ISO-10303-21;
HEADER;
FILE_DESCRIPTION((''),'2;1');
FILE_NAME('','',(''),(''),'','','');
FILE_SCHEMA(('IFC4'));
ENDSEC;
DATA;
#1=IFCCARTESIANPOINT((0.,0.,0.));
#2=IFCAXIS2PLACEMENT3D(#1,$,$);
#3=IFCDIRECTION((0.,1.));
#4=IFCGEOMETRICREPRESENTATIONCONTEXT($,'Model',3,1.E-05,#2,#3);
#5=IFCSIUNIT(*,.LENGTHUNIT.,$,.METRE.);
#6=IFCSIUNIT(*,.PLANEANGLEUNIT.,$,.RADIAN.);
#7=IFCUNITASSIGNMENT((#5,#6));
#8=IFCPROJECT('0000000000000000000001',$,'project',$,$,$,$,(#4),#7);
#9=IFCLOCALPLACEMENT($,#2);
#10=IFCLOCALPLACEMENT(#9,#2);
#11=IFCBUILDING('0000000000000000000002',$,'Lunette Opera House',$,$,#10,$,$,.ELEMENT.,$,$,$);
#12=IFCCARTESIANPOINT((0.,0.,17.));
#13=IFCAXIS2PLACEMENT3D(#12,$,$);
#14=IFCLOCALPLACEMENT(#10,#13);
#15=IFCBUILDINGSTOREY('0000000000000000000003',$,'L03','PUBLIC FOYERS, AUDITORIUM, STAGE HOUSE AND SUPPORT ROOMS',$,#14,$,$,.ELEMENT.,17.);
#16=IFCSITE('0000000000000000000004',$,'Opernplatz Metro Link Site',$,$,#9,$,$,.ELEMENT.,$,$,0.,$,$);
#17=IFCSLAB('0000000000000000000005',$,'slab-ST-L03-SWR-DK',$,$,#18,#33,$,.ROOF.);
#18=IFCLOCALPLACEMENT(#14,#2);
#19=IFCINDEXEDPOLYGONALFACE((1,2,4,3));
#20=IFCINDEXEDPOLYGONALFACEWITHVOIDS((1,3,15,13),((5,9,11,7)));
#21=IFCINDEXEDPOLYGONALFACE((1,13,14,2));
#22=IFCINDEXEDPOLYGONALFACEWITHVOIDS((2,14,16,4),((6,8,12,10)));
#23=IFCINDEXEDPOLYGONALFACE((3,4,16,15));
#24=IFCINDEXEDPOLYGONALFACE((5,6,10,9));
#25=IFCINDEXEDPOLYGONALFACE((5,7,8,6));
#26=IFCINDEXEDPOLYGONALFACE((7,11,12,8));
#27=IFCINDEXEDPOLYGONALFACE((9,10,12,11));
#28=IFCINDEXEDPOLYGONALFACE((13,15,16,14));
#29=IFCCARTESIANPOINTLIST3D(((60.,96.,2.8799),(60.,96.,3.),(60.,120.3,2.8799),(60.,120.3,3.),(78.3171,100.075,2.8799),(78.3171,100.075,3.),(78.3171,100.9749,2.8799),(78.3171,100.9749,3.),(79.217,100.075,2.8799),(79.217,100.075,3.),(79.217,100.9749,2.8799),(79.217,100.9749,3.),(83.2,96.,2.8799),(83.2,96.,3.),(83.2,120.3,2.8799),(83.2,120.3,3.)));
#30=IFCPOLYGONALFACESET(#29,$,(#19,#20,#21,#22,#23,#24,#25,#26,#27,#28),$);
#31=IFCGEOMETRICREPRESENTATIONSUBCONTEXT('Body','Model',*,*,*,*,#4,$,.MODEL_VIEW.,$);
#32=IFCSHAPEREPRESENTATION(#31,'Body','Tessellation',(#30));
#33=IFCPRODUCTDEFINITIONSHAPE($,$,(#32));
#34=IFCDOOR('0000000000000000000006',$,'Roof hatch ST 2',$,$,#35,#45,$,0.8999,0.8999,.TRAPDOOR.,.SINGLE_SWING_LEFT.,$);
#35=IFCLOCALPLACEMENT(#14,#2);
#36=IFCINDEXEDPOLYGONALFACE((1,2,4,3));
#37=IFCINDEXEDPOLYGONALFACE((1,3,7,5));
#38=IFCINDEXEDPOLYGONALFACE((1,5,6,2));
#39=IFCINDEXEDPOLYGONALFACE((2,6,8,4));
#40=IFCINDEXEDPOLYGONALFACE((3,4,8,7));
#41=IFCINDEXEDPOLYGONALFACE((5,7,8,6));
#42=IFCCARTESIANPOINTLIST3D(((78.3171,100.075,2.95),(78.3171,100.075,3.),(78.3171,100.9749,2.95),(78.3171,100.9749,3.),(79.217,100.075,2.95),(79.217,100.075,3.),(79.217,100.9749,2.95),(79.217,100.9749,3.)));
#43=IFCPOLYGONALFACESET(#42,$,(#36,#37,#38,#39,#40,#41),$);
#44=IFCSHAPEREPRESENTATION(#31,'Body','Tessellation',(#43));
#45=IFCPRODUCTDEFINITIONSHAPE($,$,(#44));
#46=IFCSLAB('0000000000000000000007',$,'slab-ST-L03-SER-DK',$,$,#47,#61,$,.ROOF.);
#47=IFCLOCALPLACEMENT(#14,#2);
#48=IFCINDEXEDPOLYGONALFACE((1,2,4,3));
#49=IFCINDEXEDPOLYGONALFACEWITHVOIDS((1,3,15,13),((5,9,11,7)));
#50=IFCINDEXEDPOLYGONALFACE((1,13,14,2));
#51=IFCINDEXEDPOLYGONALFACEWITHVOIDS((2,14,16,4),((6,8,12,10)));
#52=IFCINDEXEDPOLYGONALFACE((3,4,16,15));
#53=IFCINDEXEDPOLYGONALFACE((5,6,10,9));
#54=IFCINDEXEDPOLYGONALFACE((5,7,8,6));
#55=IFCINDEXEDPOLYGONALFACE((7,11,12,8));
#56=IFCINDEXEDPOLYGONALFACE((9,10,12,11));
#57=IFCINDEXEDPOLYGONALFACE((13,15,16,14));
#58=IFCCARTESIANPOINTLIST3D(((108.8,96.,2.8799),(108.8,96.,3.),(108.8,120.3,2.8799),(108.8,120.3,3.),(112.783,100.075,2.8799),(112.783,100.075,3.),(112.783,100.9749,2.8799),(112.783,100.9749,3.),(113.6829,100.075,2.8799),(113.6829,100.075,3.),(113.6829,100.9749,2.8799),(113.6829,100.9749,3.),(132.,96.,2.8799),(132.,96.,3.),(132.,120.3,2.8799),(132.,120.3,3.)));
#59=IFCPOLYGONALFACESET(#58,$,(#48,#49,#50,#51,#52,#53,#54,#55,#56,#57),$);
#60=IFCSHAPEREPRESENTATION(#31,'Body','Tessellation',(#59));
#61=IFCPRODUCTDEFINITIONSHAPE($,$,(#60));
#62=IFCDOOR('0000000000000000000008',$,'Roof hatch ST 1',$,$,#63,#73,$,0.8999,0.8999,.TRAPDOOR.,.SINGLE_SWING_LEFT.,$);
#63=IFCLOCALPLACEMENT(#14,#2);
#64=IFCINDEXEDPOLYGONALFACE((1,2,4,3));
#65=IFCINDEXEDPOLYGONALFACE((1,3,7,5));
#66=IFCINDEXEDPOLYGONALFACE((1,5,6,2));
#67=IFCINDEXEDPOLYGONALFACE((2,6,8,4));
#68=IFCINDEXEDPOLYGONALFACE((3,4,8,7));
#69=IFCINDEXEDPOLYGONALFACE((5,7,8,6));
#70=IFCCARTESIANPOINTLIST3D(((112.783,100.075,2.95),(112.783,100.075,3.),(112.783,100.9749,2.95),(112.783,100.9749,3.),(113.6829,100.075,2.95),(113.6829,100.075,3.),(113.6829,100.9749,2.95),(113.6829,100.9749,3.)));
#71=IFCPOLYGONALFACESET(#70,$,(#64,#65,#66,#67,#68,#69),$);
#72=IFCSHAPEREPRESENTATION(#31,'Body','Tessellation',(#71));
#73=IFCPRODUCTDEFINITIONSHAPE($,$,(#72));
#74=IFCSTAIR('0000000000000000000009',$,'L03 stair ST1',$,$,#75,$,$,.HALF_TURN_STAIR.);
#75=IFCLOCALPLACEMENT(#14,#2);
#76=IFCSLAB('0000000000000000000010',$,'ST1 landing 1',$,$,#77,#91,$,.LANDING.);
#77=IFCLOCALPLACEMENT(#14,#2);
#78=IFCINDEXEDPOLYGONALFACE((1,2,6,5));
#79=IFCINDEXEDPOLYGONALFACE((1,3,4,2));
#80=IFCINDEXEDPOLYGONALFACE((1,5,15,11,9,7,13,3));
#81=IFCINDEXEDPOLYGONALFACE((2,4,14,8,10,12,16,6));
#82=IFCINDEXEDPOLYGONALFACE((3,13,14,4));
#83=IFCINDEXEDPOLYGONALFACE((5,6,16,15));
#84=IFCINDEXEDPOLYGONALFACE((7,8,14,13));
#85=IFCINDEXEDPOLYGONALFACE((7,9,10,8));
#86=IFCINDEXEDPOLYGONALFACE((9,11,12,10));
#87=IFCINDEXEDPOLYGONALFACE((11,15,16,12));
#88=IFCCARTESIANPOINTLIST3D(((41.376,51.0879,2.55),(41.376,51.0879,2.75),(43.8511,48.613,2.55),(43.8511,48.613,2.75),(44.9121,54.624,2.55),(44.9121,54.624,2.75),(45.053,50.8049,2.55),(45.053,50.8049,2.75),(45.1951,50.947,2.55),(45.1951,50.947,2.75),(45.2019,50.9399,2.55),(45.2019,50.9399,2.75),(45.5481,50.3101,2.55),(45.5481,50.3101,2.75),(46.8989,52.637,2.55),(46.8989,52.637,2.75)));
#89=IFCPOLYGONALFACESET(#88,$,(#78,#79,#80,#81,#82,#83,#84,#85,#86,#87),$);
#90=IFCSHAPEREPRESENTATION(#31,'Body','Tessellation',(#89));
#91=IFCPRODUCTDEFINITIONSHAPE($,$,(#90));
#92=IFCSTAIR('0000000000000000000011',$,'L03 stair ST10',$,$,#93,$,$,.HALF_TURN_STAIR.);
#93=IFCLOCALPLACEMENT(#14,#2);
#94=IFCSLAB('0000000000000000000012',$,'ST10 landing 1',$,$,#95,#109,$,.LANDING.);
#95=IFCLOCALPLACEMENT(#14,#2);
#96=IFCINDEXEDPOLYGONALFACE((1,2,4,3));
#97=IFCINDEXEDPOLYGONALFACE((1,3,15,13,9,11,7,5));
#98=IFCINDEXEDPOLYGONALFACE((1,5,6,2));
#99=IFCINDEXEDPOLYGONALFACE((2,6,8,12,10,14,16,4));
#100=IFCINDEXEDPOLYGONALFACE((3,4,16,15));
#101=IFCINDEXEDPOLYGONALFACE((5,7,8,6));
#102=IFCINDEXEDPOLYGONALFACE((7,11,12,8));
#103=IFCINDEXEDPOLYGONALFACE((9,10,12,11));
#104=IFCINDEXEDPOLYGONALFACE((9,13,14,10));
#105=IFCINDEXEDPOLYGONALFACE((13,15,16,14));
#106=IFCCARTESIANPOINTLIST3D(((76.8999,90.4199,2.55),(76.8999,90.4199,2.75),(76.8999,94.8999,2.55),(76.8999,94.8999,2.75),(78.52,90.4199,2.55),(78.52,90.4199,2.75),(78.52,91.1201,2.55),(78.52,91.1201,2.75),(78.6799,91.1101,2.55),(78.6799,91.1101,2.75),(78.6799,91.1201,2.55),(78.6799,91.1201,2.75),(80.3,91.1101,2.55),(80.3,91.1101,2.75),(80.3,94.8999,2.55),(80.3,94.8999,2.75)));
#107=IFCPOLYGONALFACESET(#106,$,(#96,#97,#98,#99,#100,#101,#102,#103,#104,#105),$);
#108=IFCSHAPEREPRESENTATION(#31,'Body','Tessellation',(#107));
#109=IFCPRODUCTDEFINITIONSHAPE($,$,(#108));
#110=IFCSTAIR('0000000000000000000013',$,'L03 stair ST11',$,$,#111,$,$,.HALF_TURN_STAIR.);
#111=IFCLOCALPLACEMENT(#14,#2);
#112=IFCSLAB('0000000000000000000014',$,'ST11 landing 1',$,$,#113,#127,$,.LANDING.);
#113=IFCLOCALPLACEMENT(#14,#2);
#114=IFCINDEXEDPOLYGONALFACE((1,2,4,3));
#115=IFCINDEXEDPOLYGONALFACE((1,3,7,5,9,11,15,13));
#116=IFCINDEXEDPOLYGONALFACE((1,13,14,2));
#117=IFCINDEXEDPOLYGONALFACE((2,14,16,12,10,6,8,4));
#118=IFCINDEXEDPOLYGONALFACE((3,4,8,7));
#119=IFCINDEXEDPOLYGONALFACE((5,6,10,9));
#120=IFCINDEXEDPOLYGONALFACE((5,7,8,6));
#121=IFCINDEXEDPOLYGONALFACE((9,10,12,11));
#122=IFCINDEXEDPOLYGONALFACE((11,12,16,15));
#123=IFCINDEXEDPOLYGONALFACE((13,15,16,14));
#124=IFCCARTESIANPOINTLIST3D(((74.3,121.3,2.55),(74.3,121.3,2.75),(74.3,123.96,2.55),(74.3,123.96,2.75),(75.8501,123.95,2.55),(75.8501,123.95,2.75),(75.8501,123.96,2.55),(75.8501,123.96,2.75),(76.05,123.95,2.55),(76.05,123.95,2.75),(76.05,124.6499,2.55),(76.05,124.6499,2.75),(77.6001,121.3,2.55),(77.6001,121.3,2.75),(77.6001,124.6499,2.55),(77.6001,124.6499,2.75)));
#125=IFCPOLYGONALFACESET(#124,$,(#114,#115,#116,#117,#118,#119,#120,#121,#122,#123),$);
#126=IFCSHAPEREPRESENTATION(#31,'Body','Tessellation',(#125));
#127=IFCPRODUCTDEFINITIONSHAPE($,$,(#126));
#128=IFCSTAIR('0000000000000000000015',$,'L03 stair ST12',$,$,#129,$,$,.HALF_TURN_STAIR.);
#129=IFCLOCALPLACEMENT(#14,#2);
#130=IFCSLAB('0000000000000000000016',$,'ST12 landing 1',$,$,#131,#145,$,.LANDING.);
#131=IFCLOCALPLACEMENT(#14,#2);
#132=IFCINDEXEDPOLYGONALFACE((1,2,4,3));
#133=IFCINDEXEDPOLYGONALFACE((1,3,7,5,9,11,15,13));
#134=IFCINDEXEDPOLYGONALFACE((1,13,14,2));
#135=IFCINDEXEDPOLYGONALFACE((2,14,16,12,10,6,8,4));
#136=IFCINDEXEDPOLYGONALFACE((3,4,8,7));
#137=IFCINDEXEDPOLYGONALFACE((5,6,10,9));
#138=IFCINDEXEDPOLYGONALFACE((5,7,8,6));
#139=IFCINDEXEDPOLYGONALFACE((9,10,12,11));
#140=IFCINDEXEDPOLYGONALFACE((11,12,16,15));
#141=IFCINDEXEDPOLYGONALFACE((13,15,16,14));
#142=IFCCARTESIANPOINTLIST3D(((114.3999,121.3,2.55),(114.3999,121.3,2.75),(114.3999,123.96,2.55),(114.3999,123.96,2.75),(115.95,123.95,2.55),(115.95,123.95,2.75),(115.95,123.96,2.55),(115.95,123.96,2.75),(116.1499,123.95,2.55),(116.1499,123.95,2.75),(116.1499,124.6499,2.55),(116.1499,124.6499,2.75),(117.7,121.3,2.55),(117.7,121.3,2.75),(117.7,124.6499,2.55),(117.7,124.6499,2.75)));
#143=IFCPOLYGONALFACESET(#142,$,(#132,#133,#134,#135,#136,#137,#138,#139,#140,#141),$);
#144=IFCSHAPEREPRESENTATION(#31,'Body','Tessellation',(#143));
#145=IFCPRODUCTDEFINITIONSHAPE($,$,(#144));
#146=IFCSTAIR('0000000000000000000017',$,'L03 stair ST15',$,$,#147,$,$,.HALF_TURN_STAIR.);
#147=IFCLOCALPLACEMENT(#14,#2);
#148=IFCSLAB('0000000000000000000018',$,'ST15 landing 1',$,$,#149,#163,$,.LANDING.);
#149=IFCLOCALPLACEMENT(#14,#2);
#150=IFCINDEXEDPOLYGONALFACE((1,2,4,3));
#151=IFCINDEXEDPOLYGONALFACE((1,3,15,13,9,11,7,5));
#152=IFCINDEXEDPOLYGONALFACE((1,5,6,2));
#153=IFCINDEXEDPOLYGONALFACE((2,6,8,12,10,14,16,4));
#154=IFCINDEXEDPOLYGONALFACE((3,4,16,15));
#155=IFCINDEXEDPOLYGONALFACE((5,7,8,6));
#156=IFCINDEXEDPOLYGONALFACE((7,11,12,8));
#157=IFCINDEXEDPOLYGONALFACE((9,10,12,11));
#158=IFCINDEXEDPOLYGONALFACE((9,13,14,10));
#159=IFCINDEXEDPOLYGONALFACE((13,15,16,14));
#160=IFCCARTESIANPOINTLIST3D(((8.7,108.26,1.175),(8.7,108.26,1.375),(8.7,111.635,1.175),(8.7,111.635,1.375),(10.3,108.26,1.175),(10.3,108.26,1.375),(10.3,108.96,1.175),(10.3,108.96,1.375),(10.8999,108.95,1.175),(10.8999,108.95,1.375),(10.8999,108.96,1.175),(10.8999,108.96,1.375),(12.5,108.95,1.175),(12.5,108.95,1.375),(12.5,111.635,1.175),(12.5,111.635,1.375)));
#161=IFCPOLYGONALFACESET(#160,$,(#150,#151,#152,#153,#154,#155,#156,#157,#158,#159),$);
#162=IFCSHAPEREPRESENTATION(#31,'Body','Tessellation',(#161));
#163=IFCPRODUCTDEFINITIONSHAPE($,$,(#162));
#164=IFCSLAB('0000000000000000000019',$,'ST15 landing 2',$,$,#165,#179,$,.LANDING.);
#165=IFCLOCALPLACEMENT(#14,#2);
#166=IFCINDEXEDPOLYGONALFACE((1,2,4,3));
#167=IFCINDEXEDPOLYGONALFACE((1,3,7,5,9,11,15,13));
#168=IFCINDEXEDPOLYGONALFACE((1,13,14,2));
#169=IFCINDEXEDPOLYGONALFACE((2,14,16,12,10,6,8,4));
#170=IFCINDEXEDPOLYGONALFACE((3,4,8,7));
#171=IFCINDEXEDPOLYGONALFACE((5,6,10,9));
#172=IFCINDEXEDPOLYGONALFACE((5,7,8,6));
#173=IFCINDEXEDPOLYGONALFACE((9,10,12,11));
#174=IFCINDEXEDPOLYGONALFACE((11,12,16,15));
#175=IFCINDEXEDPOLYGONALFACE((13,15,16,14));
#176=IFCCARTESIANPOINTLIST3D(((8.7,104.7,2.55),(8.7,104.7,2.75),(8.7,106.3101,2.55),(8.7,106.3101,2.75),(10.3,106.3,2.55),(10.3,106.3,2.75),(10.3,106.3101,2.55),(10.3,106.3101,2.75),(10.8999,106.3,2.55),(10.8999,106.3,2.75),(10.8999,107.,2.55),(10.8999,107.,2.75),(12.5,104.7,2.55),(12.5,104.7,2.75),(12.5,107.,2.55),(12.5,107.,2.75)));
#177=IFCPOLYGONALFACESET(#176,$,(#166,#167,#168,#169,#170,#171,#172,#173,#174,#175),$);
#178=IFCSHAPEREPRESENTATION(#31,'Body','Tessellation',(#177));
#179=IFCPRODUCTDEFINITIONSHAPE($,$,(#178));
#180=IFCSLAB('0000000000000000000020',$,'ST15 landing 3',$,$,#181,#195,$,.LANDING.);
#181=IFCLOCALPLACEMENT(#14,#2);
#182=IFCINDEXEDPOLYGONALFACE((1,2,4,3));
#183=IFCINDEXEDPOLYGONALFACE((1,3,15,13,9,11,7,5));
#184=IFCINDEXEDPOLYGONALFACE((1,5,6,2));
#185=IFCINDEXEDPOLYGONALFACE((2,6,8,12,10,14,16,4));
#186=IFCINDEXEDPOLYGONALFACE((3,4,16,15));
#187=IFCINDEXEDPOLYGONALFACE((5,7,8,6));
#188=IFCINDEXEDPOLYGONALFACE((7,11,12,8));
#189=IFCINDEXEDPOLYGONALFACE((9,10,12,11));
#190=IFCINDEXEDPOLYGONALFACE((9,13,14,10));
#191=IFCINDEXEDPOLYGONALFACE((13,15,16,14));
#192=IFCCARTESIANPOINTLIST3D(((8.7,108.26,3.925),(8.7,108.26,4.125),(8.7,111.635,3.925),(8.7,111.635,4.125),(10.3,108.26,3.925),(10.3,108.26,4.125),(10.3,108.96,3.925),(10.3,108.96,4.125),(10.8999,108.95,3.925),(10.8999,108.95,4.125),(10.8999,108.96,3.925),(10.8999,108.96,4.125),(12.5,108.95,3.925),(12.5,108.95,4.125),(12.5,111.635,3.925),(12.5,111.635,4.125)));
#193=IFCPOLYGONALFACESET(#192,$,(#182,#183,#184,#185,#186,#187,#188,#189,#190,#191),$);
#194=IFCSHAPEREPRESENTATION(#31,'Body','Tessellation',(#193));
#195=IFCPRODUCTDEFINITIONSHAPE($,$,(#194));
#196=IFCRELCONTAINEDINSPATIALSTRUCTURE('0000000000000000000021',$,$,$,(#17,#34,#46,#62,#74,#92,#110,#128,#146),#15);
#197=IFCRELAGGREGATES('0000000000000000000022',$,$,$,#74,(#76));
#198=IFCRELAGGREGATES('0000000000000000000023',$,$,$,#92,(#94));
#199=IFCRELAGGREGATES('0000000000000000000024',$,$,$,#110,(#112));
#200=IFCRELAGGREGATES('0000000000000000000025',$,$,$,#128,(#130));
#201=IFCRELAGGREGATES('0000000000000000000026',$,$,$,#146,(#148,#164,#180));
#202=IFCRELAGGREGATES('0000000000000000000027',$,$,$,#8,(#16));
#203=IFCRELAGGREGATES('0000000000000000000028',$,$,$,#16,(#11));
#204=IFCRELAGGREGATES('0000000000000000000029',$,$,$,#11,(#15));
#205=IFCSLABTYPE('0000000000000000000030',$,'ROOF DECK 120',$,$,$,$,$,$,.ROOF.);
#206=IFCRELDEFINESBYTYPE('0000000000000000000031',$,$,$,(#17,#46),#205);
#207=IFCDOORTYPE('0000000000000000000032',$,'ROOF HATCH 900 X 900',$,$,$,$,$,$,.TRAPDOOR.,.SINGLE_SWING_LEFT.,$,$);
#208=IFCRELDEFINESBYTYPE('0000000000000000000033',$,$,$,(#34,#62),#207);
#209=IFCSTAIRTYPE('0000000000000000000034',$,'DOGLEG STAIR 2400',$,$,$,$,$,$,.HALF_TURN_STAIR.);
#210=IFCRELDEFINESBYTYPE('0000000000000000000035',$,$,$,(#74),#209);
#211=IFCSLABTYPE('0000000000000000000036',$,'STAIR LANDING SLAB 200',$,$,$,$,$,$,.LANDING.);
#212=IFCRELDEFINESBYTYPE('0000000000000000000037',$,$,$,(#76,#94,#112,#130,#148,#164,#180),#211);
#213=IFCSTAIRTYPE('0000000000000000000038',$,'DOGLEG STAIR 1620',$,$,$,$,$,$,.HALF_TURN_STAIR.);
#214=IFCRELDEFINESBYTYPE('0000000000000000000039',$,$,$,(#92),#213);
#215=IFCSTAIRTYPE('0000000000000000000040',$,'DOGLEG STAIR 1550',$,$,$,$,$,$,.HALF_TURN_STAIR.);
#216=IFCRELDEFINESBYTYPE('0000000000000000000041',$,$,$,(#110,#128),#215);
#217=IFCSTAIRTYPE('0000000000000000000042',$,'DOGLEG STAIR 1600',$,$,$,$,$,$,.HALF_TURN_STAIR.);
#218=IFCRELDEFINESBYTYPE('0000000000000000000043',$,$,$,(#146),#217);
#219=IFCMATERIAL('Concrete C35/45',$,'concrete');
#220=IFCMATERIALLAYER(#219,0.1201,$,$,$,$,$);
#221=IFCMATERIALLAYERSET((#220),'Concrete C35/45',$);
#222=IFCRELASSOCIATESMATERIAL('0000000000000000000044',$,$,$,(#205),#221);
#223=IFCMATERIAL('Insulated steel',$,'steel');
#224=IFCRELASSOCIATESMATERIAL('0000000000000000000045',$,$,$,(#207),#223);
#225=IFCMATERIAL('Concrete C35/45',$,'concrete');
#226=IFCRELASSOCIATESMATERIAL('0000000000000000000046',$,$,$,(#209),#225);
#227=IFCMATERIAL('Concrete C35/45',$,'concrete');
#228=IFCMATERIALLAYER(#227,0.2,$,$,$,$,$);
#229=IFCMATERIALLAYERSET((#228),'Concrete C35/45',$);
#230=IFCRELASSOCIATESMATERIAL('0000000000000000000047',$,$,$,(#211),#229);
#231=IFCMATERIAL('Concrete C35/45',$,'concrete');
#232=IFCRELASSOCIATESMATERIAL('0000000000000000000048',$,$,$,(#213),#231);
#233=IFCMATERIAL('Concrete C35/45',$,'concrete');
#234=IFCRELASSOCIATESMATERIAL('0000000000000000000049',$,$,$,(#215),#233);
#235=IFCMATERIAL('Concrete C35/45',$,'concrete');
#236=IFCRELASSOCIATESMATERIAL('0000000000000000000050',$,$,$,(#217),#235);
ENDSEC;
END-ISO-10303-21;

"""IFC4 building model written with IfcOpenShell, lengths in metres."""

from ifc_helpers import new_model, si_unit, direction, frame, origin, origin_2d, place, context, subcontext, project, spatial, polyline, rectangle, outline, extrude, material, layer, layer_set, type_object, element, fill, aggregate, save


model = new_model("IFC4")

# Units and contexts
model_context = context("Model", 3, precision=1e-05, world=origin(), true_north=direction((0.0, 1.0)))
body_context = subcontext(model_context, "Body", "Model", "MODEL_VIEW")
ifc_project = project(units=[si_unit("LENGTHUNIT", "METRE"), si_unit("PLANEANGLEUNIT", "RADIAN")], contexts=[model_context])

# Site, building, storey
site_placement = place(None, origin())
site = spatial("IfcSite", under=ifc_project, at=site_placement, Name="Opernplatz Metro Link Site", CompositionType="ELEMENT", RefElevation=0.0)
building_placement = place(site_placement, origin())
building = spatial("IfcBuilding", under=site, at=building_placement, Name="Lunette Opera House", CompositionType="ELEMENT")
storey_placement = place(building_placement, frame((0.0, 0.0, 17.0)))
storey = spatial("IfcBuildingStorey", under=building, at=storey_placement, Name="L03", Description="PUBLIC FOYERS, AUDITORIUM, STAGE HOUSE AND SUPPORT ROOMS", CompositionType="ELEMENT", Elevation=17.0)

# Slabs, openings, doors
ifc_material_1 = material(Name="Concrete C35/45", Category="concrete")
ifc_layer_1 = layer(ifc_material_1, 0.1201)
ifc_layer_set_1 = layer_set([ifc_layer_1], Name="Concrete C35/45")
slab_type_1 = type_object("IfcSlabType", Name="ROOF DECK 120", PredefinedType="ROOF", material=ifc_layer_set_1)
slab_1_placement = place(storey_placement, frame((0.0, 0.0, 2.8799)))
slab_1 = element("IfcSlab", 1, at=slab_1_placement, inside=storey, type_object=slab_type_1, Name="slab-ST-L03-SWR-DK", PredefinedType="ROOF", context=body_context, shape_type="SweptSolid", body=[
    extrude(outline(polyline([(83.2, 96.0), (83.2, 120.3), (60.0, 120.3), (60.0, 96.0), (83.2, 96.0)])), origin(), (0.0, 0.0, 1.0), 0.1201),
])
opening_1_placement = place(slab_1_placement, frame((78.7671, 100.5249, 0.0)))
opening_1 = element("IfcOpeningElement", 2, at=opening_1_placement, cuts=slab_1, PredefinedType="OPENING", context=body_context, shape_type="SweptSolid", body=[
    extrude(rectangle(XDim=0.8999, YDim=0.8999, at=origin_2d()), origin(), (0.0, 0.0, 1.0), 0.1201),
])
ifc_material_2 = material(Name="Insulated steel", Category="steel")
door_type = type_object("IfcDoorType", Name="ROOF HATCH 900 X 900", OperationType="SINGLE_SWING_LEFT", PredefinedType="TRAPDOOR", material=ifc_material_2)
door_1_placement = place(opening_1_placement, frame((0.0, 0.0, 0.0701)))
door_1 = element("IfcDoor", 3, at=door_1_placement, inside=storey, type_object=door_type, Name="Roof hatch ST 2", OperationType="SINGLE_SWING_LEFT", OverallHeight=0.8999, OverallWidth=0.8999, PredefinedType="TRAPDOOR", context=body_context, shape_type="SweptSolid", body=[
    extrude(rectangle(XDim=0.8999, YDim=0.8999, at=origin_2d()), origin(), (0.0, 0.0, 1.0), 0.05),
])
fill(opening_1, door_1)
slab_2_placement = place(storey_placement, frame((0.0, 0.0, 2.8799)))
slab_2 = element("IfcSlab", 4, at=slab_2_placement, inside=storey, type_object=slab_type_1, Name="slab-ST-L03-SER-DK", PredefinedType="ROOF", context=body_context, shape_type="SweptSolid", body=[
    extrude(outline(polyline([(132.0, 96.0), (132.0, 120.3), (108.8, 120.3), (108.8, 96.0), (132.0, 96.0)])), origin(), (0.0, 0.0, 1.0), 0.1201),
])
opening_2_placement = place(slab_2_placement, frame((113.2329, 100.5249, 0.0)))
opening_2 = element("IfcOpeningElement", 5, at=opening_2_placement, cuts=slab_2, PredefinedType="OPENING", context=body_context, shape_type="SweptSolid", body=[
    extrude(rectangle(XDim=0.8999, YDim=0.8999, at=origin_2d()), origin(), (0.0, 0.0, 1.0), 0.1201),
])
door_2_placement = place(opening_2_placement, frame((0.0, 0.0, 0.0701)))
door_2 = element("IfcDoor", 6, at=door_2_placement, inside=storey, type_object=door_type, Name="Roof hatch ST 1", OperationType="SINGLE_SWING_LEFT", OverallHeight=0.8999, OverallWidth=0.8999, PredefinedType="TRAPDOOR", context=body_context, shape_type="SweptSolid", body=[
    extrude(rectangle(XDim=0.8999, YDim=0.8999, at=origin_2d()), origin(), (0.0, 0.0, 1.0), 0.05),
])
fill(opening_2, door_2)

# Stairs, slabs
ifc_material_3 = material(Name="Concrete C35/45", Category="concrete")
stair_type_1 = type_object("IfcStairType", Name="DOGLEG STAIR 2400", PredefinedType="HALF_TURN_STAIR", material=ifc_material_3)
stair_1_placement = place(storey_placement, origin())
stair_1 = element("IfcStair", 7, at=stair_1_placement, inside=storey, type_object=stair_type_1, Name="L03 stair ST1", PredefinedType="HALF_TURN_STAIR")
ifc_material_4 = material(Name="Concrete C35/45", Category="concrete")
ifc_layer_2 = layer(ifc_material_4, 0.2)
ifc_layer_set_2 = layer_set([ifc_layer_2], Name="Concrete C35/45")
slab_type_2 = type_object("IfcSlabType", Name="STAIR LANDING SLAB 200", PredefinedType="LANDING", material=ifc_layer_set_2)
slab_3_placement = place(storey_placement, frame((0.0, 0.0, 2.55)))
slab_3 = element("IfcSlab", 8, at=slab_3_placement, type_object=slab_type_2, Name="ST1 landing 1", PredefinedType="LANDING", context=body_context, shape_type="SweptSolid", body=[
    extrude(outline(polyline([(41.376, 51.0879), (44.9121, 54.624), (46.8989, 52.637), (45.2019, 50.9399), (45.1951, 50.947), (45.053, 50.8049), (45.5481, 50.3101), (43.8511, 48.613), (41.376, 51.0879)])), origin(), (0.0, 0.0, 1.0), 0.2),
])
aggregate(stair_1, [slab_3])
ifc_material_5 = material(Name="Concrete C35/45", Category="concrete")
stair_type_2 = type_object("IfcStairType", Name="DOGLEG STAIR 1620", PredefinedType="HALF_TURN_STAIR", material=ifc_material_5)
stair_2_placement = place(storey_placement, origin())
stair_2 = element("IfcStair", 9, at=stair_2_placement, inside=storey, type_object=stair_type_2, Name="L03 stair ST10", PredefinedType="HALF_TURN_STAIR")
slab_4_placement = place(storey_placement, frame((0.0, 0.0, 2.55)))
slab_4 = element("IfcSlab", 10, at=slab_4_placement, type_object=slab_type_2, Name="ST10 landing 1", PredefinedType="LANDING", context=body_context, shape_type="SweptSolid", body=[
    extrude(outline(polyline([(80.3, 91.1101), (78.6799, 91.1101), (78.6799, 91.1201), (78.52, 91.1201), (78.52, 90.4199), (76.8999, 90.4199), (76.8999, 94.8999), (80.3, 94.8999), (80.3, 91.1101)])), origin(), (0.0, 0.0, 1.0), 0.2),
])
aggregate(stair_2, [slab_4])
ifc_material_6 = material(Name="Concrete C35/45", Category="concrete")
stair_type_3 = type_object("IfcStairType", Name="DOGLEG STAIR 1550", PredefinedType="HALF_TURN_STAIR", material=ifc_material_6)
stair_3_placement = place(storey_placement, origin())
stair_3 = element("IfcStair", 11, at=stair_3_placement, inside=storey, type_object=stair_type_3, Name="L03 stair ST11", PredefinedType="HALF_TURN_STAIR")
slab_5_placement = place(storey_placement, frame((0.0, 0.0, 2.55)))
slab_5 = element("IfcSlab", 12, at=slab_5_placement, type_object=slab_type_2, Name="ST11 landing 1", PredefinedType="LANDING", context=body_context, shape_type="SweptSolid", body=[
    extrude(outline(polyline([(74.3, 121.3), (74.3, 123.96), (75.8501, 123.96), (75.8501, 123.95), (76.05, 123.95), (76.05, 124.6499), (77.6001, 124.6499), (77.6001, 121.3), (74.3, 121.3)])), origin(), (0.0, 0.0, 1.0), 0.2),
])
aggregate(stair_3, [slab_5])
stair_4_placement = place(storey_placement, origin())
stair_4 = element("IfcStair", 13, at=stair_4_placement, inside=storey, type_object=stair_type_3, Name="L03 stair ST12", PredefinedType="HALF_TURN_STAIR")
slab_6_placement = place(storey_placement, frame((0.0, 0.0, 2.55)))
slab_6 = element("IfcSlab", 14, at=slab_6_placement, type_object=slab_type_2, Name="ST12 landing 1", PredefinedType="LANDING", context=body_context, shape_type="SweptSolid", body=[
    extrude(outline(polyline([(114.3999, 121.3), (114.3999, 123.96), (115.95, 123.96), (115.95, 123.95), (116.1499, 123.95), (116.1499, 124.6499), (117.7, 124.6499), (117.7, 121.3), (114.3999, 121.3)])), origin(), (0.0, 0.0, 1.0), 0.2),
])
aggregate(stair_4, [slab_6])

# Stair, slabs
ifc_material_7 = material(Name="Concrete C35/45", Category="concrete")
stair_type_4 = type_object("IfcStairType", Name="DOGLEG STAIR 1600", PredefinedType="HALF_TURN_STAIR", material=ifc_material_7)
stair_5_placement = place(storey_placement, origin())
stair_5 = element("IfcStair", 15, at=stair_5_placement, inside=storey, type_object=stair_type_4, Name="L03 stair ST15", PredefinedType="HALF_TURN_STAIR")
slab_7_placement = place(storey_placement, frame((0.0, 0.0, 1.175)))
slab_7 = element("IfcSlab", 16, at=slab_7_placement, type_object=slab_type_2, Name="ST15 landing 1", PredefinedType="LANDING", context=body_context, shape_type="SweptSolid", body=[
    extrude(outline(polyline([(12.5, 108.95), (10.8999, 108.95), (10.8999, 108.96), (10.3, 108.96), (10.3, 108.26), (8.7, 108.26), (8.7, 111.635), (12.5, 111.635), (12.5, 108.95)])), origin(), (0.0, 0.0, 1.0), 0.2),
])
slab_8_placement = place(storey_placement, frame((0.0, 0.0, 2.55)))
slab_8 = element("IfcSlab", 17, at=slab_8_placement, type_object=slab_type_2, Name="ST15 landing 2", PredefinedType="LANDING", context=body_context, shape_type="SweptSolid", body=[
    extrude(outline(polyline([(8.7, 104.7), (8.7, 106.3101), (10.3, 106.3101), (10.3, 106.3), (10.8999, 106.3), (10.8999, 107.0), (12.5, 107.0), (12.5, 104.7), (8.7, 104.7)])), origin(), (0.0, 0.0, 1.0), 0.2),
])
slab_9_placement = place(storey_placement, frame((0.0, 0.0, 3.925)))
slab_9 = element("IfcSlab", 18, at=slab_9_placement, type_object=slab_type_2, Name="ST15 landing 3", PredefinedType="LANDING", context=body_context, shape_type="SweptSolid", body=[
    extrude(outline(polyline([(12.5, 108.95), (10.8999, 108.95), (10.8999, 108.96), (10.3, 108.96), (10.3, 108.26), (8.7, 108.26), (8.7, 111.635), (12.5, 111.635), (12.5, 108.95)])), origin(), (0.0, 0.0, 1.0), 0.2),
])
aggregate(stair_5, [slab_7, slab_8, slab_9])

save(model, "model.ifc")
